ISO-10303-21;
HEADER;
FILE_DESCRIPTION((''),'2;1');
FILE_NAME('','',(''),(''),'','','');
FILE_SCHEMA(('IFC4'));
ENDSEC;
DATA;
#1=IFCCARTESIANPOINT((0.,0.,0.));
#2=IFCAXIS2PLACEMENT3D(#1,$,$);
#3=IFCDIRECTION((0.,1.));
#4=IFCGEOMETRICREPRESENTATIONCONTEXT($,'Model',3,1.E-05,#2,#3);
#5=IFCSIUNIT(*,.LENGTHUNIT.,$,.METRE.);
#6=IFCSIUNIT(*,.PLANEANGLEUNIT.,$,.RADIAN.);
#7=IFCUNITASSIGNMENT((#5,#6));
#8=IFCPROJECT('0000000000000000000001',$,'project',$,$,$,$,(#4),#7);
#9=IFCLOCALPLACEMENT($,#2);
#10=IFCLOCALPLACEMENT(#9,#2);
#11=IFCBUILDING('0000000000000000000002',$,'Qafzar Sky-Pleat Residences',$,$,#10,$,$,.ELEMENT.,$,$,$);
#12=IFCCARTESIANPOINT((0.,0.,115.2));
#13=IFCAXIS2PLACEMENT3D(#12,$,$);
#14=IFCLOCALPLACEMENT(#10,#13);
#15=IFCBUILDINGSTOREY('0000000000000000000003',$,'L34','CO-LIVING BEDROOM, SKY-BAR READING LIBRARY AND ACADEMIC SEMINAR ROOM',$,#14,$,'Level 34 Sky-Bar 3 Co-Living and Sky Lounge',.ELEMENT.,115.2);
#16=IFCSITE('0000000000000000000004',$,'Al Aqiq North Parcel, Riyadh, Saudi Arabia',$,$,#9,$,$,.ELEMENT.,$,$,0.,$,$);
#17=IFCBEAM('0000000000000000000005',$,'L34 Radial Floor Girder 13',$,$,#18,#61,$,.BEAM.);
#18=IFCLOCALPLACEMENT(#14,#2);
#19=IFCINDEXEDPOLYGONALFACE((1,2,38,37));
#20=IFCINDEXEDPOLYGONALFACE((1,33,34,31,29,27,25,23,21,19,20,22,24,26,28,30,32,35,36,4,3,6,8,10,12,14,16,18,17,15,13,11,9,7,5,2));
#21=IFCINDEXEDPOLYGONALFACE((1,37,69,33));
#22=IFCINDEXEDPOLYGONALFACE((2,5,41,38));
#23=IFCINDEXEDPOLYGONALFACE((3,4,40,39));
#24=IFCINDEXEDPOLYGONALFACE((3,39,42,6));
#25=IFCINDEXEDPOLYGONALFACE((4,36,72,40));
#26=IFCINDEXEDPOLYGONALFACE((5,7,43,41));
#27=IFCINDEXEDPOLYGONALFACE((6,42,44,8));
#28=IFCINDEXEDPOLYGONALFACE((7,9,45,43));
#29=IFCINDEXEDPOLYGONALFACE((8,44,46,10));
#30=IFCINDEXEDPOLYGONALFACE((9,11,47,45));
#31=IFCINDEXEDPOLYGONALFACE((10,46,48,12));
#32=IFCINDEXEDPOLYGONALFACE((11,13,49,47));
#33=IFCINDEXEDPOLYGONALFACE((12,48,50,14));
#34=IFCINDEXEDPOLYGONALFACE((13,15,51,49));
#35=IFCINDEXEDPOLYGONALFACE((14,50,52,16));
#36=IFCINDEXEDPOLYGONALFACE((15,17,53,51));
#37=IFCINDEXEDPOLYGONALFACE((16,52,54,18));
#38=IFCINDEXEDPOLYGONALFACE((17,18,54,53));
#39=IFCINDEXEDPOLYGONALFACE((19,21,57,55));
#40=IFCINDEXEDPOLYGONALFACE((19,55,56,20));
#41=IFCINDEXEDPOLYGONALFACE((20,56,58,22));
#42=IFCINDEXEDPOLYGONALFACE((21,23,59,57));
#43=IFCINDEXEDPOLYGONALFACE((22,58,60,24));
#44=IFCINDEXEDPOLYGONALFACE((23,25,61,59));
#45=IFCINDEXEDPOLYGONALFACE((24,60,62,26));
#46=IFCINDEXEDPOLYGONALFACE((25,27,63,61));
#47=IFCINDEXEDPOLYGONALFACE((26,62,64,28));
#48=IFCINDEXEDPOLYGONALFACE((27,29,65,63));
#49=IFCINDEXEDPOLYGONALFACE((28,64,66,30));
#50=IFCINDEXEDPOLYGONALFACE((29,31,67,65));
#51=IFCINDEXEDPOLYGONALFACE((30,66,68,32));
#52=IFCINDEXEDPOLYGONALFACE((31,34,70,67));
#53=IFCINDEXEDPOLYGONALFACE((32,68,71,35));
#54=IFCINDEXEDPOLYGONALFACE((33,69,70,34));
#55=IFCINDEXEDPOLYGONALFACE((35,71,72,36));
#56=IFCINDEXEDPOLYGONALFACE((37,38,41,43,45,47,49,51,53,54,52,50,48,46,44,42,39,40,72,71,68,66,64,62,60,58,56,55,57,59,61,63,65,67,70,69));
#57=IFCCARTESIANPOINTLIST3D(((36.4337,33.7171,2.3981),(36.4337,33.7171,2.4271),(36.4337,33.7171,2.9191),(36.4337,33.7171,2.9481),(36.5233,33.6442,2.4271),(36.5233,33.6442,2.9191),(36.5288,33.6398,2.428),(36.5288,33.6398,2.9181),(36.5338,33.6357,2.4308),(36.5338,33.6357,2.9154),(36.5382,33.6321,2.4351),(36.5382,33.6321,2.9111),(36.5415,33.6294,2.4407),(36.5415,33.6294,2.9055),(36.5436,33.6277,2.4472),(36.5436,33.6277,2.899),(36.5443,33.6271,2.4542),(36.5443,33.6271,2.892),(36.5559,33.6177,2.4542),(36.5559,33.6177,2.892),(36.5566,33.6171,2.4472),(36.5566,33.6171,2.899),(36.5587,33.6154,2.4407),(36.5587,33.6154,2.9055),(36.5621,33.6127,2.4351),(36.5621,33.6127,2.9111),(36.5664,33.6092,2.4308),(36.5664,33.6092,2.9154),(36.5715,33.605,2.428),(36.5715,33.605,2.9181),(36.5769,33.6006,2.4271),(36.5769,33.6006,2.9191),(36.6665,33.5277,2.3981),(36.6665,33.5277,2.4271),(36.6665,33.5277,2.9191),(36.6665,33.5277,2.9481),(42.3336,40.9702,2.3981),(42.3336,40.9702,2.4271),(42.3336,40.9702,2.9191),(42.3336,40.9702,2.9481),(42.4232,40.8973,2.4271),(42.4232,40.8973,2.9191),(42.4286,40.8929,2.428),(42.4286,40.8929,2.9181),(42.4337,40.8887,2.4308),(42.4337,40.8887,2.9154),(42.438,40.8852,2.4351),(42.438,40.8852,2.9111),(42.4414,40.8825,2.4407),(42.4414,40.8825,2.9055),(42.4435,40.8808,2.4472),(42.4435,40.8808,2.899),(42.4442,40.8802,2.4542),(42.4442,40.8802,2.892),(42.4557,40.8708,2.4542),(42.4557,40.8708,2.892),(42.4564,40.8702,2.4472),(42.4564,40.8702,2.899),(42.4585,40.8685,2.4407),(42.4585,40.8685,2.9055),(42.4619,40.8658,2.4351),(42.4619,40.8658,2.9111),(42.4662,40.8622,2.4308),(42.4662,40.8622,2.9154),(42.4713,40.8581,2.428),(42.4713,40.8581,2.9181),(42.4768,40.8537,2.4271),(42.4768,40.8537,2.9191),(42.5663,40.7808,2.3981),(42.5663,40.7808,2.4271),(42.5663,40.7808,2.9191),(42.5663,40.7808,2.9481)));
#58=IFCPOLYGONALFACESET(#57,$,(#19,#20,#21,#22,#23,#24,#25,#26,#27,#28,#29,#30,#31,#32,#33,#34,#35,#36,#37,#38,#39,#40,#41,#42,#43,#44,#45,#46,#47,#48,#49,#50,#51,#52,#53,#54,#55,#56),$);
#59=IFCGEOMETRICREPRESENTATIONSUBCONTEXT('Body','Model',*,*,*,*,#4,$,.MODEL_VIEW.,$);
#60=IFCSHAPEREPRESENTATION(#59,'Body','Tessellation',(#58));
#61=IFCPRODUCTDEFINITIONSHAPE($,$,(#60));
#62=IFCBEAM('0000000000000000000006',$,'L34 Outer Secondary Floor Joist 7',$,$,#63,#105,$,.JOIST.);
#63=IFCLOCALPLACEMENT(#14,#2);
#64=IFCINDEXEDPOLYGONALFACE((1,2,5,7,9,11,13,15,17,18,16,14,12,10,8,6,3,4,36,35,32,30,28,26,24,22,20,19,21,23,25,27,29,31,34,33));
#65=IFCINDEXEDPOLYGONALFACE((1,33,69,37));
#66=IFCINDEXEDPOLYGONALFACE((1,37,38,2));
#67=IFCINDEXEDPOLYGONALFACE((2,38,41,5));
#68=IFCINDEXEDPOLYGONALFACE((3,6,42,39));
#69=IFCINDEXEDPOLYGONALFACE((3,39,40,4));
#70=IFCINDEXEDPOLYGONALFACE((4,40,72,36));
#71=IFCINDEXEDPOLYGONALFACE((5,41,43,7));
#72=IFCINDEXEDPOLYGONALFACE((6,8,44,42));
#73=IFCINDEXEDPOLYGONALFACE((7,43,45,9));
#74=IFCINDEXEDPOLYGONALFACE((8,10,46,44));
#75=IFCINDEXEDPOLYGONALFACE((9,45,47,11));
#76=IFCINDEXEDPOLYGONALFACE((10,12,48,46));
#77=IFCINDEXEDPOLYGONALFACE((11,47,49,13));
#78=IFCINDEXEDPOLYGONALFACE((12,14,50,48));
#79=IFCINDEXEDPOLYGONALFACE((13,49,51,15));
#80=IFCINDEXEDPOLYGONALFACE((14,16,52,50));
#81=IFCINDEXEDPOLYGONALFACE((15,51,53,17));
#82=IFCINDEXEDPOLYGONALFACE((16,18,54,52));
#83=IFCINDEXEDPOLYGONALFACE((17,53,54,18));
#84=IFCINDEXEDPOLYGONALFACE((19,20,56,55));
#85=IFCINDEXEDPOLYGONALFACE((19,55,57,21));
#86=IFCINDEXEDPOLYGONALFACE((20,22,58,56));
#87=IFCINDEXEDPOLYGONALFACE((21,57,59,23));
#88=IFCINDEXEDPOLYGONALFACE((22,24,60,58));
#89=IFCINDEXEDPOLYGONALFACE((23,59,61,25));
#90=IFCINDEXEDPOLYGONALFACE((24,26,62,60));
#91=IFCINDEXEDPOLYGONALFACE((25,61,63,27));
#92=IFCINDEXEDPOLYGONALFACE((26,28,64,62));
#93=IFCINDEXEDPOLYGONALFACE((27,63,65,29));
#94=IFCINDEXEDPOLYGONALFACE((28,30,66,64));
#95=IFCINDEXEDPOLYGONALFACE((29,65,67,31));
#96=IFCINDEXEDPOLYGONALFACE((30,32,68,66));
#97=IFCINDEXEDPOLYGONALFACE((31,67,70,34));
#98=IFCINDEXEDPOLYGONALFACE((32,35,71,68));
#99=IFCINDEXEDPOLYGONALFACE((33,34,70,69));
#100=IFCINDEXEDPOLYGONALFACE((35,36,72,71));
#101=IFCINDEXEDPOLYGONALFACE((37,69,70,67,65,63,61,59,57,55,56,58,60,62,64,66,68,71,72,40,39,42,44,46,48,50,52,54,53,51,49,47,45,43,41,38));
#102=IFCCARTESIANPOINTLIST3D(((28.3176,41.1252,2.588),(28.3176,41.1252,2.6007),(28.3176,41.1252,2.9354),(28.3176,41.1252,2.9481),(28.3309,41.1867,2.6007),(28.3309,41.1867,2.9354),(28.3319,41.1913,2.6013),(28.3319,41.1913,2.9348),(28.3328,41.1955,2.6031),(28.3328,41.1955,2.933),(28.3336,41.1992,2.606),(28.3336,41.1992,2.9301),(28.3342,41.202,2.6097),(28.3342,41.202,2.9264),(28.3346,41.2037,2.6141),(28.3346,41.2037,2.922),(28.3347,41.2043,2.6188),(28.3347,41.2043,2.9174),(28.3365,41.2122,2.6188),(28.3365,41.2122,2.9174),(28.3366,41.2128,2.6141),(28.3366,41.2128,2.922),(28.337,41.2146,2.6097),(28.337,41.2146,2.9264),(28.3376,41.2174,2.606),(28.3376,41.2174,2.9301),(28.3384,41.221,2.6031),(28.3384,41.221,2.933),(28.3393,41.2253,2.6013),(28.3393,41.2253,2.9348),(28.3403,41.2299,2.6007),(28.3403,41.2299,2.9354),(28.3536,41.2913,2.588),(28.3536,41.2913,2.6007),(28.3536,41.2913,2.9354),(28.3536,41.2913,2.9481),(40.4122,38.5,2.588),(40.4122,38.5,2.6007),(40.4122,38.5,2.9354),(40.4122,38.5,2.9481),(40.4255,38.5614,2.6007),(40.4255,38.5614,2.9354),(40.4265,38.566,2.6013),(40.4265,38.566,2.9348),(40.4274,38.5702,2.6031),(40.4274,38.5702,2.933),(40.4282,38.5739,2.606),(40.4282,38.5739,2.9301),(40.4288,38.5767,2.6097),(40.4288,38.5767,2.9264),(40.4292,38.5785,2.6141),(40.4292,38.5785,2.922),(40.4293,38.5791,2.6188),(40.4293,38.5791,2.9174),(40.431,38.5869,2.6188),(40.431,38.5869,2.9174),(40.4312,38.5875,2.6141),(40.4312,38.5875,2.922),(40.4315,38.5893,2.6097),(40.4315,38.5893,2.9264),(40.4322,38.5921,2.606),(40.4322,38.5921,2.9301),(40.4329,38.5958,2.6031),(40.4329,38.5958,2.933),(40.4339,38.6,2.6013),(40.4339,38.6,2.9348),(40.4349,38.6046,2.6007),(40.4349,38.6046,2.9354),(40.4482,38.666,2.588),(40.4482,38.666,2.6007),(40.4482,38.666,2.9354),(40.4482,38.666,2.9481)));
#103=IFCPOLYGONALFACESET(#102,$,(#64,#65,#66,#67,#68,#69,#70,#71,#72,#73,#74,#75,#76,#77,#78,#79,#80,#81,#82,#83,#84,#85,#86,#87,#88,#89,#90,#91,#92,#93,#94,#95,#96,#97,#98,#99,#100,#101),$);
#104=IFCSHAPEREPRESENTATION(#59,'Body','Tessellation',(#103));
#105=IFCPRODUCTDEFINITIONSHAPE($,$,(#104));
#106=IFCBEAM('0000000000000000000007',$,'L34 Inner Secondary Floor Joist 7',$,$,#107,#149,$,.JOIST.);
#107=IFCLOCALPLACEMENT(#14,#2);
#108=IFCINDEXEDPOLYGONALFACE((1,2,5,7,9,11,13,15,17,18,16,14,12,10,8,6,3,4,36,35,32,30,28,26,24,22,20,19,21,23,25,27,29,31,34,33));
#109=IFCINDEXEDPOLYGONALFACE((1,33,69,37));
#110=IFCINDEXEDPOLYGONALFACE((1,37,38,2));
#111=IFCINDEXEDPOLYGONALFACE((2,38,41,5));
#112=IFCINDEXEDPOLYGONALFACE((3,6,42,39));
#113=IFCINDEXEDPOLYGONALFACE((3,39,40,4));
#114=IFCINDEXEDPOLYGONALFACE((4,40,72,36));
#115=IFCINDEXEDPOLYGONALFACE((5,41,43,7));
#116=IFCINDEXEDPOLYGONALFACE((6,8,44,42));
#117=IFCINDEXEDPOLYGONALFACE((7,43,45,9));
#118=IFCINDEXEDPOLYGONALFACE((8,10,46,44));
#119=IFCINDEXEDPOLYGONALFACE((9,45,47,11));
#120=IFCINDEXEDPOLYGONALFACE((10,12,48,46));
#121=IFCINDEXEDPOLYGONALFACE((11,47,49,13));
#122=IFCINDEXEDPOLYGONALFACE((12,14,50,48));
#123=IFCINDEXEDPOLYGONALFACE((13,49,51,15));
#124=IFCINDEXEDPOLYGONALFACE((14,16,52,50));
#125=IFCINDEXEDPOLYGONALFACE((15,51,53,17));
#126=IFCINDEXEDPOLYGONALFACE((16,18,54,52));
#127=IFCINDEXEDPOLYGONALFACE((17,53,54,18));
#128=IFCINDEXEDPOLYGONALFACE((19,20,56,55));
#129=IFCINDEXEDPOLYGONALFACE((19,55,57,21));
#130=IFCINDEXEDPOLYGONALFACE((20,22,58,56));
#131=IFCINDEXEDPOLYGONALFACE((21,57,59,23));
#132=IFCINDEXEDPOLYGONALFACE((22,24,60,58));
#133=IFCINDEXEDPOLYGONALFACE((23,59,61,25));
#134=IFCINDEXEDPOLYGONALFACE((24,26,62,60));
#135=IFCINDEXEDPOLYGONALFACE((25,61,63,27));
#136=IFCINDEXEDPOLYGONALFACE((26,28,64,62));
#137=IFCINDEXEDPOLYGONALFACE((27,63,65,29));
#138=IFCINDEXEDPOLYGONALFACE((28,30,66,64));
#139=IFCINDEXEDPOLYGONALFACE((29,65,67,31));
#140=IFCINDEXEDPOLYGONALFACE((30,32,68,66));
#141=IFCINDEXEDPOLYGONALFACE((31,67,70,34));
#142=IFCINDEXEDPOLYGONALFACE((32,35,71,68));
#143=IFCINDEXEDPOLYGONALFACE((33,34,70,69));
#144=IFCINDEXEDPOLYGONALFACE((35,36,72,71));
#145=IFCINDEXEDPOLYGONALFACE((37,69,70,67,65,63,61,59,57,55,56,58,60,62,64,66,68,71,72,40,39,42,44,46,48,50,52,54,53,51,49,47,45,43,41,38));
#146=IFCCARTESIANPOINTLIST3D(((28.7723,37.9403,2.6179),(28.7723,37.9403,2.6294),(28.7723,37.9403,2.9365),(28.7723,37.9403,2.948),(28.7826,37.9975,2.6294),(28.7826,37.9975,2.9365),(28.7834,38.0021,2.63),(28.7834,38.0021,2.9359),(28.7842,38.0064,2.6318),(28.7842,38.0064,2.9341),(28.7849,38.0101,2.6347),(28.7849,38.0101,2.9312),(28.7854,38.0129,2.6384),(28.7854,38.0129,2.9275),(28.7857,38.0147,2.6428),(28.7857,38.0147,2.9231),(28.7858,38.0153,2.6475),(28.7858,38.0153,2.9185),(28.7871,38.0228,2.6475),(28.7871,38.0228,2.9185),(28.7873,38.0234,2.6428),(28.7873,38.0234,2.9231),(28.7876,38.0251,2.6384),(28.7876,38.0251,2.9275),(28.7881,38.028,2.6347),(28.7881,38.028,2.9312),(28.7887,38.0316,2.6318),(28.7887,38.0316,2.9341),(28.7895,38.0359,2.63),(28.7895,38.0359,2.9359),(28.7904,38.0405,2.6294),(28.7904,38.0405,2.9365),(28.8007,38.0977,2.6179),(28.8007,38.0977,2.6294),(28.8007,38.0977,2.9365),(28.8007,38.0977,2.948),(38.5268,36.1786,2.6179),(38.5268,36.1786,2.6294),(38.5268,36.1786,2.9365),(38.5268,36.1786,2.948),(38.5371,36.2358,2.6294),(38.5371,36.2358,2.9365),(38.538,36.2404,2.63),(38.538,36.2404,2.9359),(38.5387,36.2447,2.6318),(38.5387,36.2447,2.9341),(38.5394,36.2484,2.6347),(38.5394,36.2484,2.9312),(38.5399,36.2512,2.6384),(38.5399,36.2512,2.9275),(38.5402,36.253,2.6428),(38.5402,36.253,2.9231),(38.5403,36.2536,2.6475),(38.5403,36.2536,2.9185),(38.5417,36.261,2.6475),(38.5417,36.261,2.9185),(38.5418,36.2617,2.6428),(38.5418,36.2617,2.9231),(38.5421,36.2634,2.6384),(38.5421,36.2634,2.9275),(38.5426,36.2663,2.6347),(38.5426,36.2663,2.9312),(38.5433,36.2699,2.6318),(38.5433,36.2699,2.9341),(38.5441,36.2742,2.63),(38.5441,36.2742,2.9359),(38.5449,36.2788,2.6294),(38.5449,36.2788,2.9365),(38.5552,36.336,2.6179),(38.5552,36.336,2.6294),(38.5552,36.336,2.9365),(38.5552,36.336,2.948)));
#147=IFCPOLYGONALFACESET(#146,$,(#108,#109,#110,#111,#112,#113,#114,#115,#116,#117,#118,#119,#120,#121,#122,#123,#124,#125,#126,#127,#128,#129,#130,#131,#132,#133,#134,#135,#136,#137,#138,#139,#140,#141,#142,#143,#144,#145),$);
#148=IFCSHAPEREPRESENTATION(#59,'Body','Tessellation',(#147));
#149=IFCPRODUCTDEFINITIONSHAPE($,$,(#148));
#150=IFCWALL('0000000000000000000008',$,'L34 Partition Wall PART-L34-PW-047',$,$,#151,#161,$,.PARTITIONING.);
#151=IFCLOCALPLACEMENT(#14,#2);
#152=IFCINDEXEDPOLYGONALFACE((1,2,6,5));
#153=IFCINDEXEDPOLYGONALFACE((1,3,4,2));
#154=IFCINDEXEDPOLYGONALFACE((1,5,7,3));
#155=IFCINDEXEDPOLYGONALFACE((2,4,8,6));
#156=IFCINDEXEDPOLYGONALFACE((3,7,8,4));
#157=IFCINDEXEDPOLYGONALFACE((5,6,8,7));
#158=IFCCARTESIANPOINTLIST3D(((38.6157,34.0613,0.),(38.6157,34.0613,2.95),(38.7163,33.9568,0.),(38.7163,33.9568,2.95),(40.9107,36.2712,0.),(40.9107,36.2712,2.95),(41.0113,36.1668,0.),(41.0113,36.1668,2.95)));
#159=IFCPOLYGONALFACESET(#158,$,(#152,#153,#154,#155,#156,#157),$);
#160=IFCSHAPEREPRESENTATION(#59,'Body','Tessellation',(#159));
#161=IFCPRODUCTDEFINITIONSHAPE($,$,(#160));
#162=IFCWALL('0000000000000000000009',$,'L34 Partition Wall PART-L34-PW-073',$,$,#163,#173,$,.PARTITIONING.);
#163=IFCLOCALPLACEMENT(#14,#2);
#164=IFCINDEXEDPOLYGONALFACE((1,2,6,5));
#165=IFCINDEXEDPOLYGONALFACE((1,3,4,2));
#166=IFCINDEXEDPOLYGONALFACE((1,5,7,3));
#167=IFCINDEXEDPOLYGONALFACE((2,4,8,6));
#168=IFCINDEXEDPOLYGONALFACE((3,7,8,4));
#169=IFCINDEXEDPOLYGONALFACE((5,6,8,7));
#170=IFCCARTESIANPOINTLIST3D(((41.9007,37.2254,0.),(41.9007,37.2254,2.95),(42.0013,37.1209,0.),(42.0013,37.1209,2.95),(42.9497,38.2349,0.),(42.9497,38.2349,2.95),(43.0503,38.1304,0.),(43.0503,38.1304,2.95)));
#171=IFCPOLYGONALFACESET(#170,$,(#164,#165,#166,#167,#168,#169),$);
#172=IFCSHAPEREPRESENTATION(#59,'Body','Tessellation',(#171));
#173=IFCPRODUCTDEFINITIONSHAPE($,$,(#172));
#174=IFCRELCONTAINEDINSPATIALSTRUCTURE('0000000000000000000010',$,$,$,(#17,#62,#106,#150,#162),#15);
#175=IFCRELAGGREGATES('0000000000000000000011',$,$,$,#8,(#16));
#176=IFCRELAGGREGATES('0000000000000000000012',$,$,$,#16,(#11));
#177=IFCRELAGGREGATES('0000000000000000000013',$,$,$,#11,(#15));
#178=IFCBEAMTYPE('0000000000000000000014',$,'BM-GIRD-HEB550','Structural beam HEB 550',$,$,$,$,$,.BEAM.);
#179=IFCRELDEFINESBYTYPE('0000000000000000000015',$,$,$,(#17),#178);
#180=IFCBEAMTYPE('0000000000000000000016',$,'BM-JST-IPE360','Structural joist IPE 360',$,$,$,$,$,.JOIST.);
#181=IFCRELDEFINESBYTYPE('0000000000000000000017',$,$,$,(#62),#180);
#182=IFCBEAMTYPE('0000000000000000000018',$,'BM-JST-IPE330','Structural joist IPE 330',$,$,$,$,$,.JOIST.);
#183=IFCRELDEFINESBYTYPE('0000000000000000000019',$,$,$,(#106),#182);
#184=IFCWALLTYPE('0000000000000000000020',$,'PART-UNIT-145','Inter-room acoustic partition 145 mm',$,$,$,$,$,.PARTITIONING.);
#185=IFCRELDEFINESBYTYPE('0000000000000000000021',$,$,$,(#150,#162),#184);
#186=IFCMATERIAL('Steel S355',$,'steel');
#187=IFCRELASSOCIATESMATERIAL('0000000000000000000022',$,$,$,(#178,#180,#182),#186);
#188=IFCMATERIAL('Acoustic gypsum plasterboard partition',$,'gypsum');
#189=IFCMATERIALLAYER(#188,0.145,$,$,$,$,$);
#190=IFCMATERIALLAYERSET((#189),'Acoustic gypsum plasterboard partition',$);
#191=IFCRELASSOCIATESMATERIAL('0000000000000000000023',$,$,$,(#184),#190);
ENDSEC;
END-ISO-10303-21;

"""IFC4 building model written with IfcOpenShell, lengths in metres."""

from ifc_helpers import new_model, si_unit, direction, frame, frame_2d, origin, origin_2d, place, context, subcontext, project, spatial, rectangle, i_section, extrude, source, transform, mapped, material, layer, layer_set, material_profile, profile_set, type_object, element, save


model = new_model("IFC4")

# Units and contexts
model_context = context("Model", 3, precision=1e-05, world=origin(), true_north=direction((0.0, 1.0)))
body_context = subcontext(model_context, "Body", "Model", "MODEL_VIEW")
ifc_project = project(units=[si_unit("LENGTHUNIT", "METRE"), si_unit("PLANEANGLEUNIT", "RADIAN")], contexts=[model_context])

# Site, building, storey
site_placement = place(None, origin())
site = spatial("IfcSite", under=ifc_project, at=site_placement, Name="Al Aqiq North Parcel, Riyadh, Saudi Arabia", CompositionType="ELEMENT", RefElevation=0.0)
building_placement = place(site_placement, origin())
building = spatial("IfcBuilding", under=site, at=building_placement, Name="Qafzar Sky-Pleat Residences", CompositionType="ELEMENT")
storey_placement = place(building_placement, frame((0.0, 0.0, 115.2)))
storey = spatial("IfcBuildingStorey", under=building, at=storey_placement, Name="L34", Description="CO-LIVING BEDROOM, SKY-BAR READING LIBRARY AND ACADEMIC SEMINAR ROOM", LongName="Level 34 Sky-Bar 3 Co-Living and Sky Lounge", CompositionType="ELEMENT", Elevation=115.2)

# Beams
ifc_material_1 = material(Name="Steel S355", Category="steel")
ifc_material_profile_1 = material_profile(ifc_material_1, i_section(OverallWidth=0.3, OverallDepth=0.55, WebThickness=0.0149, FlangeThickness=0.0291, FilletRadius=0.0271, at=origin_2d()), Name="HEB 550")
ifc_profile_set_1 = profile_set([ifc_material_profile_1], Name="Steel S355")
beam_type_1 = type_object("IfcBeamType", Name="BM-GIRD-HEB550", Description="Structural beam HEB 550", PredefinedType="BEAM", material=ifc_profile_set_1)
shared_shape_1 = source(origin(), body_context, "Body", "SweptSolid", [
    extrude(i_section(OverallWidth=0.3, OverallDepth=0.55, WebThickness=0.0149, FlangeThickness=0.0291, FilletRadius=0.0271, at=origin_2d()), origin(), (0.0, 0.0, 1.0), 9.3496),
])
beam_1_placement = place(storey_placement, frame((42.45, 40.8755, 2.6731), z_axis=(-0.631024, -0.775763, 0.0), x_axis=(0.775763, -0.631024, 0.0)))
element("IfcBeam", 1, at=beam_1_placement, inside=storey, type_object=beam_type_1, Name="L34 Radial Floor Girder 13", PredefinedType="BEAM", context=body_context, shape_type="MappedRepresentation", body=[
    mapped(shared_shape_1, transform((0.0, 0.0, 0.0), x_axis=(1.0, 0.0, 0.0), y_axis=(0.0, 1.0, 0.0), z_axis=(0.0, 0.0, 1.0), scale=1.0)),
])
ifc_material_profile_2 = material_profile(ifc_material_1, i_section(OverallWidth=0.1699, OverallDepth=0.3601, WebThickness=0.0081, FlangeThickness=0.0127, FilletRadius=0.0181, at=origin_2d()), Name="IPE 360")
ifc_profile_set_2 = profile_set([ifc_material_profile_2], Name="Steel S355")
beam_type_2 = type_object("IfcBeamType", Name="BM-JST-IPE360", Description="Structural joist IPE 360", PredefinedType="JOIST", material=ifc_profile_set_2)
shared_shape_2 = source(origin(), body_context, "Body", "SweptSolid", [
    extrude(i_section(OverallWidth=0.1699, OverallDepth=0.3601, WebThickness=0.0081, FlangeThickness=0.0127, FilletRadius=0.0181, at=origin_2d()), origin(), (0.0, 0.0, 1.0), 12.3762),
])
beam_2_placement = place(storey_placement, frame((40.4302, 38.583, 2.7681), z_axis=(-0.977243, 0.212122, 0.0), x_axis=(-0.212122, -0.977243, 0.0)))
element("IfcBeam", 2, at=beam_2_placement, inside=storey, type_object=beam_type_2, Name="L34 Outer Secondary Floor Joist 7", PredefinedType="JOIST", context=body_context, shape_type="MappedRepresentation", body=[
    mapped(shared_shape_2, transform((0.0, 0.0, 0.0), x_axis=(1.0, 0.0, 0.0), y_axis=(0.0, 1.0, 0.0), z_axis=(0.0, 0.0, 1.0), scale=1.0)),
])
ifc_material_profile_3 = material_profile(ifc_material_1, i_section(OverallWidth=0.1599, OverallDepth=0.3301, WebThickness=0.0076, FlangeThickness=0.0115, FilletRadius=0.0181, at=origin_2d()), Name="IPE 330")
ifc_profile_set_3 = profile_set([ifc_material_profile_3], Name="Steel S355")
beam_type_3 = type_object("IfcBeamType", Name="BM-JST-IPE330", Description="Structural joist IPE 330", PredefinedType="JOIST", material=ifc_profile_set_3)
shared_shape_3 = source(origin(), body_context, "Body", "SweptSolid", [
    extrude(i_section(OverallWidth=0.1599, OverallDepth=0.3301, WebThickness=0.0076, FlangeThickness=0.0115, FilletRadius=0.0181, at=origin_2d()), origin(), (0.0, 0.0, 1.0), 9.9124),
])
beam_3_placement = place(storey_placement, frame((38.541, 36.2573, 2.783), z_axis=(-0.98408, 0.177728, 0.0), x_axis=(-0.177728, -0.98408, 0.0)))
element("IfcBeam", 3, at=beam_3_placement, inside=storey, type_object=beam_type_3, Name="L34 Inner Secondary Floor Joist 7", PredefinedType="JOIST", context=body_context, shape_type="MappedRepresentation", body=[
    mapped(shared_shape_3, transform((0.0, 0.0, 0.0), x_axis=(1.0, 0.0, 0.0), y_axis=(0.0, 1.0, 0.0), z_axis=(0.0, 0.0, 1.0), scale=1.0)),
])

# Walls
ifc_material_2 = material(Name="Acoustic gypsum plasterboard partition", Category="gypsum")
ifc_layer_1 = layer(ifc_material_2, 0.145)
ifc_layer_set_1 = layer_set([ifc_layer_1], Name="Acoustic gypsum plasterboard partition")
wall_type_1 = type_object("IfcWallType", Name="PART-UNIT-145", Description="Inter-room acoustic partition 145 mm", PredefinedType="PARTITIONING", material=ifc_layer_set_1)
wall_1_placement = place(storey_placement, frame((38.666, 34.009, 0.0), z_axis=(0.0, 0.0, 1.0), x_axis=(0.720315, 0.693648, 0.0)))
element("IfcWall", 4, at=wall_1_placement, inside=storey, type_object=wall_type_1, Name="L34 Partition Wall PART-L34-PW-047", PredefinedType="PARTITIONING", context=body_context, shape_type="SweptSolid", body=[
    extrude(rectangle(XDim=3.186, YDim=0.145, at=frame_2d((1.593, 0.0))), origin(), (0.0, 0.0, 1.0), 2.95),
])
wall_2_placement = place(storey_placement, frame((41.9509, 37.1731, 0.0), z_axis=(0.0, 0.0, 1.0), x_axis=(0.720559, 0.693394, 0.0)))
element("IfcWall", 5, at=wall_2_placement, inside=storey, type_object=wall_type_1, Name="L34 Partition Wall PART-L34-PW-073", PredefinedType="PARTITIONING", context=body_context, shape_type="SweptSolid", body=[
    extrude(rectangle(XDim=1.4558, YDim=0.145, at=frame_2d((0.728, 0.0))), origin(), (0.0, 0.0, 1.0), 2.95),
])

save(model, "model.ifc")
